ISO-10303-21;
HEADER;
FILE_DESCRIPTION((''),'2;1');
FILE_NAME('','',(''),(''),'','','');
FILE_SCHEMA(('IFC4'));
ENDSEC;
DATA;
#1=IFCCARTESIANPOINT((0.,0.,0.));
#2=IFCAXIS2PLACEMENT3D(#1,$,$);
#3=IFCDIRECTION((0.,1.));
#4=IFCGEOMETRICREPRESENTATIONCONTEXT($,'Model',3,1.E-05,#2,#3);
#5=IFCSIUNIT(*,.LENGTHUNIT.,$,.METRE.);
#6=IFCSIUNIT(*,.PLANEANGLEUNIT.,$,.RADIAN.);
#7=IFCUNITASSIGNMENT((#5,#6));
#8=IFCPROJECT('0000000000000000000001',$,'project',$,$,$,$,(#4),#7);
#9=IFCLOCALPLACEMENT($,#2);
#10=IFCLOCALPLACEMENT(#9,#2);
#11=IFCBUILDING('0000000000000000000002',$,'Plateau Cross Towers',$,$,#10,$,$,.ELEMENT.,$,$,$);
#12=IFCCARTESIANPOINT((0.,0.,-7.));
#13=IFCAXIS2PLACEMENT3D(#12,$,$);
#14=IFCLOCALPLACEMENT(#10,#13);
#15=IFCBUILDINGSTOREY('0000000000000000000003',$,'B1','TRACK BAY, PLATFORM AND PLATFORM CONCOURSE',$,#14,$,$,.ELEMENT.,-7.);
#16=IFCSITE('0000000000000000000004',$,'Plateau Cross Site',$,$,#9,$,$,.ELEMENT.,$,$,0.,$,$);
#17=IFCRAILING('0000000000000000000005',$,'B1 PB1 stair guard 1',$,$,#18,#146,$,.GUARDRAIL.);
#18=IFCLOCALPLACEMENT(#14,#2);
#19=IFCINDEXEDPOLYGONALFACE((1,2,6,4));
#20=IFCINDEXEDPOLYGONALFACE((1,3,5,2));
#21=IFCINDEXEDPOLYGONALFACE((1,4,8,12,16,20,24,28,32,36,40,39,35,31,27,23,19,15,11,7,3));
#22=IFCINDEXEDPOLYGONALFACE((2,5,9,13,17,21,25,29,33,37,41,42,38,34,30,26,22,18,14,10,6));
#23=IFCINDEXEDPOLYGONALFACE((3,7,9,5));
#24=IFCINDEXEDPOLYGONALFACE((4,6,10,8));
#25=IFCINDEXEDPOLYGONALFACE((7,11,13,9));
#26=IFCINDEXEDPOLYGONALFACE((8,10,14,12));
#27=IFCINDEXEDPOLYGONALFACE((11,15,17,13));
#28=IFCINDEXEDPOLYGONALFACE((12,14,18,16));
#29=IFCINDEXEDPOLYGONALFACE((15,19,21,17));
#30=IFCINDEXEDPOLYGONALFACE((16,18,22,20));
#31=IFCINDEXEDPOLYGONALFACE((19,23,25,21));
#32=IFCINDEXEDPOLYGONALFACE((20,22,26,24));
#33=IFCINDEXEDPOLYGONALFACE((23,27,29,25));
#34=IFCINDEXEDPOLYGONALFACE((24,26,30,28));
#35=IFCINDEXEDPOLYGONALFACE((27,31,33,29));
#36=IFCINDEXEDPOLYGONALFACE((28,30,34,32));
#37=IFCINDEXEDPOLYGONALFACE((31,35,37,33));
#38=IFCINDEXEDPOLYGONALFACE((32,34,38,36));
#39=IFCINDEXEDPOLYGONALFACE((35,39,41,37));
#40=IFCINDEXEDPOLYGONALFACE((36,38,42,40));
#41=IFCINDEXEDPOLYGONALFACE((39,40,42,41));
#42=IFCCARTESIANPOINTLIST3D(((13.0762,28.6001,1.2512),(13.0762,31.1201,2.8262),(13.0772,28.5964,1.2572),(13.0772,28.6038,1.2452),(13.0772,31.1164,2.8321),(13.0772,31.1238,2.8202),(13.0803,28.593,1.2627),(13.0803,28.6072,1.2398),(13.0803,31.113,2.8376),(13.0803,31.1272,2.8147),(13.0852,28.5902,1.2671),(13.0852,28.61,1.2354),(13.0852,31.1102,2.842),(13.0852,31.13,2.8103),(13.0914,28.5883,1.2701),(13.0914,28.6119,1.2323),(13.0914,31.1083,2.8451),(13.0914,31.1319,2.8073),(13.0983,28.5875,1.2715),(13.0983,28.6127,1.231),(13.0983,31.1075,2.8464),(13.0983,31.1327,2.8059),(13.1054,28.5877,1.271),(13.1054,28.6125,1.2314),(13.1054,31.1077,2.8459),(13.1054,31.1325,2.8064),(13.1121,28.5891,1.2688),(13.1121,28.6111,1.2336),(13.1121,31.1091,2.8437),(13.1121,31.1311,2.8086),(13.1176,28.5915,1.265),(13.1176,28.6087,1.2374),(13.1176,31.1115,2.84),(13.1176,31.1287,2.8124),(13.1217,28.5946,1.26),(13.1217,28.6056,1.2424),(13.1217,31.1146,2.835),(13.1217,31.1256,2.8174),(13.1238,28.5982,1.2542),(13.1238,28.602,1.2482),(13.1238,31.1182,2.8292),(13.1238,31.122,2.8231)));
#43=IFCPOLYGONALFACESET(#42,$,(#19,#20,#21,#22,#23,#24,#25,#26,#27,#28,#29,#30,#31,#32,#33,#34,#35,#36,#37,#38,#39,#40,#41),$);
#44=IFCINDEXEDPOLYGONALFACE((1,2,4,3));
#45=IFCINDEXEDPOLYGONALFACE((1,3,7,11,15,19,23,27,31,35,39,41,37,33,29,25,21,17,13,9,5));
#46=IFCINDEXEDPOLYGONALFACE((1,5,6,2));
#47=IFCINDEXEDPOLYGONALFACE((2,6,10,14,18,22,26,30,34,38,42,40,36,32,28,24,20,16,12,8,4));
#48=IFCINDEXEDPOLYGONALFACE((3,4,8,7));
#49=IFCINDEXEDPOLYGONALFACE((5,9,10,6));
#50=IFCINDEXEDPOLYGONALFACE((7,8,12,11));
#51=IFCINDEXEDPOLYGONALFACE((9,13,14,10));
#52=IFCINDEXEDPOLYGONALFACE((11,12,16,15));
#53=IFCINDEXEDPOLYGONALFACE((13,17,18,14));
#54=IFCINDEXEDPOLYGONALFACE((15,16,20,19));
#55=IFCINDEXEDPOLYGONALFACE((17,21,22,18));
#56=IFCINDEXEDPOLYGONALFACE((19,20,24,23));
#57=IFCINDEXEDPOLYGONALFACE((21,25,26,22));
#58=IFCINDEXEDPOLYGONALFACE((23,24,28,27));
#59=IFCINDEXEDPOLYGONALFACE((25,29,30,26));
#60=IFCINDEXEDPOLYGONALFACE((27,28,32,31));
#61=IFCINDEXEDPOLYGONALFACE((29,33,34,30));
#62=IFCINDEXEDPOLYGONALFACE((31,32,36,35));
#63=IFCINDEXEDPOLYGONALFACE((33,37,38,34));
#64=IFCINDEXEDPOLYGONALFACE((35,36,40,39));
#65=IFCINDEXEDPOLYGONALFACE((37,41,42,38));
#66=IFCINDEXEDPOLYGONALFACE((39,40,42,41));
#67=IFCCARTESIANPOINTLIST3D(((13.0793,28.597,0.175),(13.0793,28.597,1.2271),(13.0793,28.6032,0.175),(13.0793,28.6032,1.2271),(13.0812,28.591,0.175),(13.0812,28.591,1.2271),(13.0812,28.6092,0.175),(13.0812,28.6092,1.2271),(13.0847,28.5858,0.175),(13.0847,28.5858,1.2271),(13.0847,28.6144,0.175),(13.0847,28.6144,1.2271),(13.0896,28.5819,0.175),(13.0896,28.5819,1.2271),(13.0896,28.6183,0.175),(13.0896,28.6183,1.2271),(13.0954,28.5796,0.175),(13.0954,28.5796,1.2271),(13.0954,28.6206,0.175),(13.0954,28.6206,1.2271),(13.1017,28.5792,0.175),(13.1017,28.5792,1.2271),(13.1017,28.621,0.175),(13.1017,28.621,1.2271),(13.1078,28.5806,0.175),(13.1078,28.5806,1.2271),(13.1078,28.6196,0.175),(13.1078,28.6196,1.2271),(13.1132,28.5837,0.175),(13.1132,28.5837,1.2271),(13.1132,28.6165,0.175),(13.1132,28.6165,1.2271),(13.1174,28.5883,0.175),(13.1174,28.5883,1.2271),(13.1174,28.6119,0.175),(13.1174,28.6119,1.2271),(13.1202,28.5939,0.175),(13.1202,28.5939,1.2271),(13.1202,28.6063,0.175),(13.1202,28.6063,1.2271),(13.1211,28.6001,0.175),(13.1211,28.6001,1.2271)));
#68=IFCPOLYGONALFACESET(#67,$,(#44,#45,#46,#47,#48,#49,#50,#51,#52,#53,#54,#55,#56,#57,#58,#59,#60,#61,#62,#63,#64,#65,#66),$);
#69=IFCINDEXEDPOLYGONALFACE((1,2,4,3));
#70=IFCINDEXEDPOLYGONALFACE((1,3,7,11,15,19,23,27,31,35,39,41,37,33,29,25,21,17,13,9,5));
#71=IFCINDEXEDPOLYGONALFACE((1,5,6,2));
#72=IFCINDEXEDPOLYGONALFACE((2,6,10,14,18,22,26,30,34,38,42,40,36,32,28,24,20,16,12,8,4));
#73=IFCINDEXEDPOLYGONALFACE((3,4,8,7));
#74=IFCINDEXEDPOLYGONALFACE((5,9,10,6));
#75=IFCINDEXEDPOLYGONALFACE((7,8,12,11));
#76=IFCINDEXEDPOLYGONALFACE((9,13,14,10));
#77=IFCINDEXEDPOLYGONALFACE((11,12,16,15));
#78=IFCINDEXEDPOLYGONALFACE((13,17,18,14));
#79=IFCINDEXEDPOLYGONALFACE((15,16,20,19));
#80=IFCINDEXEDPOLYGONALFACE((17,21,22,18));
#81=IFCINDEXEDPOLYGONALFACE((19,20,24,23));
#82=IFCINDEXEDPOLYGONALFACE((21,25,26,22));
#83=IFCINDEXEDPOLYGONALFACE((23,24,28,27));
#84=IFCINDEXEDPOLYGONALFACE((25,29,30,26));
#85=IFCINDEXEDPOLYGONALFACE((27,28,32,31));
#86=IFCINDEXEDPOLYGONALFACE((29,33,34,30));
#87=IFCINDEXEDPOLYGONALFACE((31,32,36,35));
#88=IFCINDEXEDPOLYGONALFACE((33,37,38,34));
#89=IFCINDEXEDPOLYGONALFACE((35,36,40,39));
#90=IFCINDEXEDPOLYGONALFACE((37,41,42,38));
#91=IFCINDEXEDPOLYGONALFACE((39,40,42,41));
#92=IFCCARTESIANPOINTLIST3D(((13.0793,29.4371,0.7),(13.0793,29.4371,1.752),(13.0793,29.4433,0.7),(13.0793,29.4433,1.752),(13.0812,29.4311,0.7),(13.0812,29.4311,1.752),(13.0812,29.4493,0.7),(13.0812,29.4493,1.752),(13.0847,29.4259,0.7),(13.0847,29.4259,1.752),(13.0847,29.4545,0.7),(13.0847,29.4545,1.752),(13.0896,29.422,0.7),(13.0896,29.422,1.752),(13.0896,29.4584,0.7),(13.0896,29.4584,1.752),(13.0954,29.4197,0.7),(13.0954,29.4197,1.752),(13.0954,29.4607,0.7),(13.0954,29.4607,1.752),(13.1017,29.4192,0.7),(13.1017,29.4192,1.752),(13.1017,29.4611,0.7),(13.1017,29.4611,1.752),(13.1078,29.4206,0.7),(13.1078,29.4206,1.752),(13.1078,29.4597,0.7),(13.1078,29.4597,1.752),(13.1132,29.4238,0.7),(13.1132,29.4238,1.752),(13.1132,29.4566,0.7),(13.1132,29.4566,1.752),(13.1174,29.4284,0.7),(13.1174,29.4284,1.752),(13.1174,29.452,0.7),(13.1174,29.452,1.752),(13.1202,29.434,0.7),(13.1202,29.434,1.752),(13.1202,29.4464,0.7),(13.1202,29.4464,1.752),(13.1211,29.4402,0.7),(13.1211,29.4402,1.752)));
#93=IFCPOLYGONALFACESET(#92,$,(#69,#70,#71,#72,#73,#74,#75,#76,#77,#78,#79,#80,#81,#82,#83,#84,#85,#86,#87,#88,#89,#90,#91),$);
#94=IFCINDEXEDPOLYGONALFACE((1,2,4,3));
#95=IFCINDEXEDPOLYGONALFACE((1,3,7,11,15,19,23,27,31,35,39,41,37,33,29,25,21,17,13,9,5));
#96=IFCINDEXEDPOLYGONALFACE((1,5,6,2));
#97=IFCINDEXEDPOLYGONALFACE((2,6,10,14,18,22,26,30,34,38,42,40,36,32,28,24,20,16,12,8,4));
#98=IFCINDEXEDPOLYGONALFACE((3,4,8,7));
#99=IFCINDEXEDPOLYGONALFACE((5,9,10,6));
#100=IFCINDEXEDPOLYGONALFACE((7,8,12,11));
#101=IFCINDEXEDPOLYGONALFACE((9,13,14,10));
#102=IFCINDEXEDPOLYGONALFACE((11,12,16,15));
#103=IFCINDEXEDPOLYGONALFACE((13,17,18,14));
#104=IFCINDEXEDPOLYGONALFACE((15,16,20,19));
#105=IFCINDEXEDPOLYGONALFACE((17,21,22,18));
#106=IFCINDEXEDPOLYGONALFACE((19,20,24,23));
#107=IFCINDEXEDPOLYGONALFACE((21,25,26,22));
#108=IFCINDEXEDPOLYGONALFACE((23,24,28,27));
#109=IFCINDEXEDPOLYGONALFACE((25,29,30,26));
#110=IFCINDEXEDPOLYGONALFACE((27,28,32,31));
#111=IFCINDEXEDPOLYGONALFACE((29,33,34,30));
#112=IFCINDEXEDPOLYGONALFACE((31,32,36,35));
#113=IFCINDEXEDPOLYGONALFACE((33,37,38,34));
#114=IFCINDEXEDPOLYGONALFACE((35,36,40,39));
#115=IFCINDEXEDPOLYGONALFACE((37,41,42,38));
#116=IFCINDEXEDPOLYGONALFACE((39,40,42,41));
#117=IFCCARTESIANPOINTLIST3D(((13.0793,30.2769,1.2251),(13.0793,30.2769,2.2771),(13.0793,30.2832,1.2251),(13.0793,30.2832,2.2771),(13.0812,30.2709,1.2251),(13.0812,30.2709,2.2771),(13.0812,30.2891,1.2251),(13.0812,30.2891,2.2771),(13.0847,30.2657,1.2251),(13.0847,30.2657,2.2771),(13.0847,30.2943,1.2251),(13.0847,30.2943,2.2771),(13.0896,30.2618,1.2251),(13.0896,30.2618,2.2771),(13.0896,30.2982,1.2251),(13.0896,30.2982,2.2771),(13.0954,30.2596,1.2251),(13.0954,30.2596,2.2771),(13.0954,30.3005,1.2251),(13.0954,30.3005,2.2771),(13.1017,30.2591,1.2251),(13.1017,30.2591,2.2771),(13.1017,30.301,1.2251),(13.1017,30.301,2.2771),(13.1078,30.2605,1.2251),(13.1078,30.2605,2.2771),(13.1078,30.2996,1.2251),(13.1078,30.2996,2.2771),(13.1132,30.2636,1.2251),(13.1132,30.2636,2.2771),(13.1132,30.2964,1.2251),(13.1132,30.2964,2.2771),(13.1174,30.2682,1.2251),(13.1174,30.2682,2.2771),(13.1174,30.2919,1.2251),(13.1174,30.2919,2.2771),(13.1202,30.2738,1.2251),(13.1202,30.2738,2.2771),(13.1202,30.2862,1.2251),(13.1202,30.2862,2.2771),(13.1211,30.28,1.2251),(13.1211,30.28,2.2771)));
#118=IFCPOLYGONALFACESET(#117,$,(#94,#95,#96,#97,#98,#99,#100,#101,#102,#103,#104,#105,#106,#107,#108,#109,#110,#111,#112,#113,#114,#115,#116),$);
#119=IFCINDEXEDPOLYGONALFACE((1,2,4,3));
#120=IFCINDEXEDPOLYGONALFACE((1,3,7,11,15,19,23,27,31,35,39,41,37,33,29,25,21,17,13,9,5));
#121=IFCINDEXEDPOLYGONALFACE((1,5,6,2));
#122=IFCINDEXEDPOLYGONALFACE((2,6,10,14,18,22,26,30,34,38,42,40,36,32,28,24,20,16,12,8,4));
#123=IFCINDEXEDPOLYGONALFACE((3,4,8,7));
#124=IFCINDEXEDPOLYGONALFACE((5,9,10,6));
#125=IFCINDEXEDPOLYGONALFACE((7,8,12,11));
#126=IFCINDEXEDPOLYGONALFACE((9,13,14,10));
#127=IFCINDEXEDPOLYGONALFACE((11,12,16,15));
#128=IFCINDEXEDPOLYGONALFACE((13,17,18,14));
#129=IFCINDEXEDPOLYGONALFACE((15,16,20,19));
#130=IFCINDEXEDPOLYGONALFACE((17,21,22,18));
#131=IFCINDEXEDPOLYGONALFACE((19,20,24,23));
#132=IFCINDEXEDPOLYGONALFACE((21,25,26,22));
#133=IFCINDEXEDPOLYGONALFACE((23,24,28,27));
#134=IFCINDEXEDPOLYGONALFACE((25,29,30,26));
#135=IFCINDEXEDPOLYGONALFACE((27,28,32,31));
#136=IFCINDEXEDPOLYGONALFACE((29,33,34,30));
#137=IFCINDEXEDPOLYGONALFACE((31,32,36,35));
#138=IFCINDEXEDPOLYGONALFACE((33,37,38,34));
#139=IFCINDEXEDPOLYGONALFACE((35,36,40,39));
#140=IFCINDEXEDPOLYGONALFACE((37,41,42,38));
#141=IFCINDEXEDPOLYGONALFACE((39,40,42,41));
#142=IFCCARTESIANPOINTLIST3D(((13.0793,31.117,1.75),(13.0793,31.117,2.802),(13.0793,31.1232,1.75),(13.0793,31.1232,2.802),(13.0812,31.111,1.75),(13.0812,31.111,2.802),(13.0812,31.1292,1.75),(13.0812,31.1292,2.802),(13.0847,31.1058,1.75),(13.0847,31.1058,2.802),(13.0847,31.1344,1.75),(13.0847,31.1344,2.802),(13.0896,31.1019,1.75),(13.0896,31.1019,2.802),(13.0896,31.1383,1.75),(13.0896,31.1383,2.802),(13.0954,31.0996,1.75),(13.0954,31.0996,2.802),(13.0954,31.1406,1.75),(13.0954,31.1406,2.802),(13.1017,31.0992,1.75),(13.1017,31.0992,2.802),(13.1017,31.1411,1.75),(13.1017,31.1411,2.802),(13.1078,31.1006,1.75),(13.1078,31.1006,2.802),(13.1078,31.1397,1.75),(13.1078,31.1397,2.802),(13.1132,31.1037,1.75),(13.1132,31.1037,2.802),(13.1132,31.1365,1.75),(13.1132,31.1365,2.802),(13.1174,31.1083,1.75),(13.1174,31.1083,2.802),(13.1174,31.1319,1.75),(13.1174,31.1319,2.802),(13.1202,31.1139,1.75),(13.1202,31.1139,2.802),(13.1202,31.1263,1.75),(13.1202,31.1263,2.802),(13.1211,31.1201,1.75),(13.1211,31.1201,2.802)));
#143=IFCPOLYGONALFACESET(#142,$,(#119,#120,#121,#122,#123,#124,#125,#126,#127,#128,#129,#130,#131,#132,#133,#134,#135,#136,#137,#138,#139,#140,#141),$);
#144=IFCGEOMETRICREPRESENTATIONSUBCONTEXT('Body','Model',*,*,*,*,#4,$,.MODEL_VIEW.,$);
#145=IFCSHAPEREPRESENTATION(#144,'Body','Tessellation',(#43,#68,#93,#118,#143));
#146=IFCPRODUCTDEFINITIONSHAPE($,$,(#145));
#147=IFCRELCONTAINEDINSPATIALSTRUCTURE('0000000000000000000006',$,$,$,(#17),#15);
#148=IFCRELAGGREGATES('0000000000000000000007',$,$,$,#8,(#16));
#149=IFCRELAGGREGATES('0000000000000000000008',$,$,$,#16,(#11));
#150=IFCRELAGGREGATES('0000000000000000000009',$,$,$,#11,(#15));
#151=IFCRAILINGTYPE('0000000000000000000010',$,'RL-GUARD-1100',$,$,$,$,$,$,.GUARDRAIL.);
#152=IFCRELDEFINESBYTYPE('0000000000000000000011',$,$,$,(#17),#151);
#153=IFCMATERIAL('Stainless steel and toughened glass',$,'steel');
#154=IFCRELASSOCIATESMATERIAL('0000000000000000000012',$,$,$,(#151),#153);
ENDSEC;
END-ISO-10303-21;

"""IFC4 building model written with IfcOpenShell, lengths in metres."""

from ifc_helpers import new_model, si_unit, direction, frame, origin, origin_2d, place, context, subcontext, project, spatial, circle, extrude, material, type_object, element, save


model = new_model("IFC4")

# Units and contexts
model_context = context("Model", 3, precision=1e-05, world=origin(), true_north=direction((0.0, 1.0)))
body_context = subcontext(model_context, "Body", "Model", "MODEL_VIEW")
ifc_project = project(units=[si_unit("LENGTHUNIT", "METRE"), si_unit("PLANEANGLEUNIT", "RADIAN")], contexts=[model_context])

# Site, building, storey
site_placement = place(None, origin())
site = spatial("IfcSite", under=ifc_project, at=site_placement, Name="Plateau Cross Site", CompositionType="ELEMENT", RefElevation=0.0)
building_placement = place(site_placement, origin())
building = spatial("IfcBuilding", under=site, at=building_placement, Name="Plateau Cross Towers", CompositionType="ELEMENT")
storey_placement = place(building_placement, frame((0.0, 0.0, -7.0)))
storey = spatial("IfcBuildingStorey", under=building, at=storey_placement, Name="B1", Description="TRACK BAY, PLATFORM AND PLATFORM CONCOURSE", CompositionType="ELEMENT", Elevation=-7.0)

# Railing
ifc_material_1 = material(Name="Stainless steel and toughened glass", Category="steel")
railing_type_1 = type_object("IfcRailingType", Name="RL-GUARD-1100", PredefinedType="GUARDRAIL", material=ifc_material_1)
railing_1_placement = place(storey_placement, frame((13.1001, 28.6001, 0.175)))
element("IfcRailing", 1, at=railing_1_placement, inside=storey, type_object=railing_type_1, Name="B1 PB1 stair guard 1", PredefinedType="GUARDRAIL", context=body_context, shape_type="SweptSolid", body=[
    extrude(circle(Radius=0.0239, at=origin_2d()), frame((0.0, 0.0, 1.0762), z_axis=(0.0, 0.848008, 0.529984), x_axis=(-1.0, 0.0, 0.0)), (0.0, 0.0, 1.0), 2.9717),
    extrude(circle(Radius=0.021, at=origin_2d()), origin(), (0.0, 0.0, 1.0), 1.052),
    extrude(circle(Radius=0.021, at=origin_2d()), frame((0.0, 0.8401, 0.5249)), (0.0, 0.0, 1.0), 1.052),
    extrude(circle(Radius=0.021, at=origin_2d()), frame((0.0, 1.6799, 1.05)), (0.0, 0.0, 1.0), 1.052),
    extrude(circle(Radius=0.021, at=origin_2d()), frame((0.0, 2.52, 1.575)), (0.0, 0.0, 1.0), 1.052),
])

save(model, "model.ifc")
